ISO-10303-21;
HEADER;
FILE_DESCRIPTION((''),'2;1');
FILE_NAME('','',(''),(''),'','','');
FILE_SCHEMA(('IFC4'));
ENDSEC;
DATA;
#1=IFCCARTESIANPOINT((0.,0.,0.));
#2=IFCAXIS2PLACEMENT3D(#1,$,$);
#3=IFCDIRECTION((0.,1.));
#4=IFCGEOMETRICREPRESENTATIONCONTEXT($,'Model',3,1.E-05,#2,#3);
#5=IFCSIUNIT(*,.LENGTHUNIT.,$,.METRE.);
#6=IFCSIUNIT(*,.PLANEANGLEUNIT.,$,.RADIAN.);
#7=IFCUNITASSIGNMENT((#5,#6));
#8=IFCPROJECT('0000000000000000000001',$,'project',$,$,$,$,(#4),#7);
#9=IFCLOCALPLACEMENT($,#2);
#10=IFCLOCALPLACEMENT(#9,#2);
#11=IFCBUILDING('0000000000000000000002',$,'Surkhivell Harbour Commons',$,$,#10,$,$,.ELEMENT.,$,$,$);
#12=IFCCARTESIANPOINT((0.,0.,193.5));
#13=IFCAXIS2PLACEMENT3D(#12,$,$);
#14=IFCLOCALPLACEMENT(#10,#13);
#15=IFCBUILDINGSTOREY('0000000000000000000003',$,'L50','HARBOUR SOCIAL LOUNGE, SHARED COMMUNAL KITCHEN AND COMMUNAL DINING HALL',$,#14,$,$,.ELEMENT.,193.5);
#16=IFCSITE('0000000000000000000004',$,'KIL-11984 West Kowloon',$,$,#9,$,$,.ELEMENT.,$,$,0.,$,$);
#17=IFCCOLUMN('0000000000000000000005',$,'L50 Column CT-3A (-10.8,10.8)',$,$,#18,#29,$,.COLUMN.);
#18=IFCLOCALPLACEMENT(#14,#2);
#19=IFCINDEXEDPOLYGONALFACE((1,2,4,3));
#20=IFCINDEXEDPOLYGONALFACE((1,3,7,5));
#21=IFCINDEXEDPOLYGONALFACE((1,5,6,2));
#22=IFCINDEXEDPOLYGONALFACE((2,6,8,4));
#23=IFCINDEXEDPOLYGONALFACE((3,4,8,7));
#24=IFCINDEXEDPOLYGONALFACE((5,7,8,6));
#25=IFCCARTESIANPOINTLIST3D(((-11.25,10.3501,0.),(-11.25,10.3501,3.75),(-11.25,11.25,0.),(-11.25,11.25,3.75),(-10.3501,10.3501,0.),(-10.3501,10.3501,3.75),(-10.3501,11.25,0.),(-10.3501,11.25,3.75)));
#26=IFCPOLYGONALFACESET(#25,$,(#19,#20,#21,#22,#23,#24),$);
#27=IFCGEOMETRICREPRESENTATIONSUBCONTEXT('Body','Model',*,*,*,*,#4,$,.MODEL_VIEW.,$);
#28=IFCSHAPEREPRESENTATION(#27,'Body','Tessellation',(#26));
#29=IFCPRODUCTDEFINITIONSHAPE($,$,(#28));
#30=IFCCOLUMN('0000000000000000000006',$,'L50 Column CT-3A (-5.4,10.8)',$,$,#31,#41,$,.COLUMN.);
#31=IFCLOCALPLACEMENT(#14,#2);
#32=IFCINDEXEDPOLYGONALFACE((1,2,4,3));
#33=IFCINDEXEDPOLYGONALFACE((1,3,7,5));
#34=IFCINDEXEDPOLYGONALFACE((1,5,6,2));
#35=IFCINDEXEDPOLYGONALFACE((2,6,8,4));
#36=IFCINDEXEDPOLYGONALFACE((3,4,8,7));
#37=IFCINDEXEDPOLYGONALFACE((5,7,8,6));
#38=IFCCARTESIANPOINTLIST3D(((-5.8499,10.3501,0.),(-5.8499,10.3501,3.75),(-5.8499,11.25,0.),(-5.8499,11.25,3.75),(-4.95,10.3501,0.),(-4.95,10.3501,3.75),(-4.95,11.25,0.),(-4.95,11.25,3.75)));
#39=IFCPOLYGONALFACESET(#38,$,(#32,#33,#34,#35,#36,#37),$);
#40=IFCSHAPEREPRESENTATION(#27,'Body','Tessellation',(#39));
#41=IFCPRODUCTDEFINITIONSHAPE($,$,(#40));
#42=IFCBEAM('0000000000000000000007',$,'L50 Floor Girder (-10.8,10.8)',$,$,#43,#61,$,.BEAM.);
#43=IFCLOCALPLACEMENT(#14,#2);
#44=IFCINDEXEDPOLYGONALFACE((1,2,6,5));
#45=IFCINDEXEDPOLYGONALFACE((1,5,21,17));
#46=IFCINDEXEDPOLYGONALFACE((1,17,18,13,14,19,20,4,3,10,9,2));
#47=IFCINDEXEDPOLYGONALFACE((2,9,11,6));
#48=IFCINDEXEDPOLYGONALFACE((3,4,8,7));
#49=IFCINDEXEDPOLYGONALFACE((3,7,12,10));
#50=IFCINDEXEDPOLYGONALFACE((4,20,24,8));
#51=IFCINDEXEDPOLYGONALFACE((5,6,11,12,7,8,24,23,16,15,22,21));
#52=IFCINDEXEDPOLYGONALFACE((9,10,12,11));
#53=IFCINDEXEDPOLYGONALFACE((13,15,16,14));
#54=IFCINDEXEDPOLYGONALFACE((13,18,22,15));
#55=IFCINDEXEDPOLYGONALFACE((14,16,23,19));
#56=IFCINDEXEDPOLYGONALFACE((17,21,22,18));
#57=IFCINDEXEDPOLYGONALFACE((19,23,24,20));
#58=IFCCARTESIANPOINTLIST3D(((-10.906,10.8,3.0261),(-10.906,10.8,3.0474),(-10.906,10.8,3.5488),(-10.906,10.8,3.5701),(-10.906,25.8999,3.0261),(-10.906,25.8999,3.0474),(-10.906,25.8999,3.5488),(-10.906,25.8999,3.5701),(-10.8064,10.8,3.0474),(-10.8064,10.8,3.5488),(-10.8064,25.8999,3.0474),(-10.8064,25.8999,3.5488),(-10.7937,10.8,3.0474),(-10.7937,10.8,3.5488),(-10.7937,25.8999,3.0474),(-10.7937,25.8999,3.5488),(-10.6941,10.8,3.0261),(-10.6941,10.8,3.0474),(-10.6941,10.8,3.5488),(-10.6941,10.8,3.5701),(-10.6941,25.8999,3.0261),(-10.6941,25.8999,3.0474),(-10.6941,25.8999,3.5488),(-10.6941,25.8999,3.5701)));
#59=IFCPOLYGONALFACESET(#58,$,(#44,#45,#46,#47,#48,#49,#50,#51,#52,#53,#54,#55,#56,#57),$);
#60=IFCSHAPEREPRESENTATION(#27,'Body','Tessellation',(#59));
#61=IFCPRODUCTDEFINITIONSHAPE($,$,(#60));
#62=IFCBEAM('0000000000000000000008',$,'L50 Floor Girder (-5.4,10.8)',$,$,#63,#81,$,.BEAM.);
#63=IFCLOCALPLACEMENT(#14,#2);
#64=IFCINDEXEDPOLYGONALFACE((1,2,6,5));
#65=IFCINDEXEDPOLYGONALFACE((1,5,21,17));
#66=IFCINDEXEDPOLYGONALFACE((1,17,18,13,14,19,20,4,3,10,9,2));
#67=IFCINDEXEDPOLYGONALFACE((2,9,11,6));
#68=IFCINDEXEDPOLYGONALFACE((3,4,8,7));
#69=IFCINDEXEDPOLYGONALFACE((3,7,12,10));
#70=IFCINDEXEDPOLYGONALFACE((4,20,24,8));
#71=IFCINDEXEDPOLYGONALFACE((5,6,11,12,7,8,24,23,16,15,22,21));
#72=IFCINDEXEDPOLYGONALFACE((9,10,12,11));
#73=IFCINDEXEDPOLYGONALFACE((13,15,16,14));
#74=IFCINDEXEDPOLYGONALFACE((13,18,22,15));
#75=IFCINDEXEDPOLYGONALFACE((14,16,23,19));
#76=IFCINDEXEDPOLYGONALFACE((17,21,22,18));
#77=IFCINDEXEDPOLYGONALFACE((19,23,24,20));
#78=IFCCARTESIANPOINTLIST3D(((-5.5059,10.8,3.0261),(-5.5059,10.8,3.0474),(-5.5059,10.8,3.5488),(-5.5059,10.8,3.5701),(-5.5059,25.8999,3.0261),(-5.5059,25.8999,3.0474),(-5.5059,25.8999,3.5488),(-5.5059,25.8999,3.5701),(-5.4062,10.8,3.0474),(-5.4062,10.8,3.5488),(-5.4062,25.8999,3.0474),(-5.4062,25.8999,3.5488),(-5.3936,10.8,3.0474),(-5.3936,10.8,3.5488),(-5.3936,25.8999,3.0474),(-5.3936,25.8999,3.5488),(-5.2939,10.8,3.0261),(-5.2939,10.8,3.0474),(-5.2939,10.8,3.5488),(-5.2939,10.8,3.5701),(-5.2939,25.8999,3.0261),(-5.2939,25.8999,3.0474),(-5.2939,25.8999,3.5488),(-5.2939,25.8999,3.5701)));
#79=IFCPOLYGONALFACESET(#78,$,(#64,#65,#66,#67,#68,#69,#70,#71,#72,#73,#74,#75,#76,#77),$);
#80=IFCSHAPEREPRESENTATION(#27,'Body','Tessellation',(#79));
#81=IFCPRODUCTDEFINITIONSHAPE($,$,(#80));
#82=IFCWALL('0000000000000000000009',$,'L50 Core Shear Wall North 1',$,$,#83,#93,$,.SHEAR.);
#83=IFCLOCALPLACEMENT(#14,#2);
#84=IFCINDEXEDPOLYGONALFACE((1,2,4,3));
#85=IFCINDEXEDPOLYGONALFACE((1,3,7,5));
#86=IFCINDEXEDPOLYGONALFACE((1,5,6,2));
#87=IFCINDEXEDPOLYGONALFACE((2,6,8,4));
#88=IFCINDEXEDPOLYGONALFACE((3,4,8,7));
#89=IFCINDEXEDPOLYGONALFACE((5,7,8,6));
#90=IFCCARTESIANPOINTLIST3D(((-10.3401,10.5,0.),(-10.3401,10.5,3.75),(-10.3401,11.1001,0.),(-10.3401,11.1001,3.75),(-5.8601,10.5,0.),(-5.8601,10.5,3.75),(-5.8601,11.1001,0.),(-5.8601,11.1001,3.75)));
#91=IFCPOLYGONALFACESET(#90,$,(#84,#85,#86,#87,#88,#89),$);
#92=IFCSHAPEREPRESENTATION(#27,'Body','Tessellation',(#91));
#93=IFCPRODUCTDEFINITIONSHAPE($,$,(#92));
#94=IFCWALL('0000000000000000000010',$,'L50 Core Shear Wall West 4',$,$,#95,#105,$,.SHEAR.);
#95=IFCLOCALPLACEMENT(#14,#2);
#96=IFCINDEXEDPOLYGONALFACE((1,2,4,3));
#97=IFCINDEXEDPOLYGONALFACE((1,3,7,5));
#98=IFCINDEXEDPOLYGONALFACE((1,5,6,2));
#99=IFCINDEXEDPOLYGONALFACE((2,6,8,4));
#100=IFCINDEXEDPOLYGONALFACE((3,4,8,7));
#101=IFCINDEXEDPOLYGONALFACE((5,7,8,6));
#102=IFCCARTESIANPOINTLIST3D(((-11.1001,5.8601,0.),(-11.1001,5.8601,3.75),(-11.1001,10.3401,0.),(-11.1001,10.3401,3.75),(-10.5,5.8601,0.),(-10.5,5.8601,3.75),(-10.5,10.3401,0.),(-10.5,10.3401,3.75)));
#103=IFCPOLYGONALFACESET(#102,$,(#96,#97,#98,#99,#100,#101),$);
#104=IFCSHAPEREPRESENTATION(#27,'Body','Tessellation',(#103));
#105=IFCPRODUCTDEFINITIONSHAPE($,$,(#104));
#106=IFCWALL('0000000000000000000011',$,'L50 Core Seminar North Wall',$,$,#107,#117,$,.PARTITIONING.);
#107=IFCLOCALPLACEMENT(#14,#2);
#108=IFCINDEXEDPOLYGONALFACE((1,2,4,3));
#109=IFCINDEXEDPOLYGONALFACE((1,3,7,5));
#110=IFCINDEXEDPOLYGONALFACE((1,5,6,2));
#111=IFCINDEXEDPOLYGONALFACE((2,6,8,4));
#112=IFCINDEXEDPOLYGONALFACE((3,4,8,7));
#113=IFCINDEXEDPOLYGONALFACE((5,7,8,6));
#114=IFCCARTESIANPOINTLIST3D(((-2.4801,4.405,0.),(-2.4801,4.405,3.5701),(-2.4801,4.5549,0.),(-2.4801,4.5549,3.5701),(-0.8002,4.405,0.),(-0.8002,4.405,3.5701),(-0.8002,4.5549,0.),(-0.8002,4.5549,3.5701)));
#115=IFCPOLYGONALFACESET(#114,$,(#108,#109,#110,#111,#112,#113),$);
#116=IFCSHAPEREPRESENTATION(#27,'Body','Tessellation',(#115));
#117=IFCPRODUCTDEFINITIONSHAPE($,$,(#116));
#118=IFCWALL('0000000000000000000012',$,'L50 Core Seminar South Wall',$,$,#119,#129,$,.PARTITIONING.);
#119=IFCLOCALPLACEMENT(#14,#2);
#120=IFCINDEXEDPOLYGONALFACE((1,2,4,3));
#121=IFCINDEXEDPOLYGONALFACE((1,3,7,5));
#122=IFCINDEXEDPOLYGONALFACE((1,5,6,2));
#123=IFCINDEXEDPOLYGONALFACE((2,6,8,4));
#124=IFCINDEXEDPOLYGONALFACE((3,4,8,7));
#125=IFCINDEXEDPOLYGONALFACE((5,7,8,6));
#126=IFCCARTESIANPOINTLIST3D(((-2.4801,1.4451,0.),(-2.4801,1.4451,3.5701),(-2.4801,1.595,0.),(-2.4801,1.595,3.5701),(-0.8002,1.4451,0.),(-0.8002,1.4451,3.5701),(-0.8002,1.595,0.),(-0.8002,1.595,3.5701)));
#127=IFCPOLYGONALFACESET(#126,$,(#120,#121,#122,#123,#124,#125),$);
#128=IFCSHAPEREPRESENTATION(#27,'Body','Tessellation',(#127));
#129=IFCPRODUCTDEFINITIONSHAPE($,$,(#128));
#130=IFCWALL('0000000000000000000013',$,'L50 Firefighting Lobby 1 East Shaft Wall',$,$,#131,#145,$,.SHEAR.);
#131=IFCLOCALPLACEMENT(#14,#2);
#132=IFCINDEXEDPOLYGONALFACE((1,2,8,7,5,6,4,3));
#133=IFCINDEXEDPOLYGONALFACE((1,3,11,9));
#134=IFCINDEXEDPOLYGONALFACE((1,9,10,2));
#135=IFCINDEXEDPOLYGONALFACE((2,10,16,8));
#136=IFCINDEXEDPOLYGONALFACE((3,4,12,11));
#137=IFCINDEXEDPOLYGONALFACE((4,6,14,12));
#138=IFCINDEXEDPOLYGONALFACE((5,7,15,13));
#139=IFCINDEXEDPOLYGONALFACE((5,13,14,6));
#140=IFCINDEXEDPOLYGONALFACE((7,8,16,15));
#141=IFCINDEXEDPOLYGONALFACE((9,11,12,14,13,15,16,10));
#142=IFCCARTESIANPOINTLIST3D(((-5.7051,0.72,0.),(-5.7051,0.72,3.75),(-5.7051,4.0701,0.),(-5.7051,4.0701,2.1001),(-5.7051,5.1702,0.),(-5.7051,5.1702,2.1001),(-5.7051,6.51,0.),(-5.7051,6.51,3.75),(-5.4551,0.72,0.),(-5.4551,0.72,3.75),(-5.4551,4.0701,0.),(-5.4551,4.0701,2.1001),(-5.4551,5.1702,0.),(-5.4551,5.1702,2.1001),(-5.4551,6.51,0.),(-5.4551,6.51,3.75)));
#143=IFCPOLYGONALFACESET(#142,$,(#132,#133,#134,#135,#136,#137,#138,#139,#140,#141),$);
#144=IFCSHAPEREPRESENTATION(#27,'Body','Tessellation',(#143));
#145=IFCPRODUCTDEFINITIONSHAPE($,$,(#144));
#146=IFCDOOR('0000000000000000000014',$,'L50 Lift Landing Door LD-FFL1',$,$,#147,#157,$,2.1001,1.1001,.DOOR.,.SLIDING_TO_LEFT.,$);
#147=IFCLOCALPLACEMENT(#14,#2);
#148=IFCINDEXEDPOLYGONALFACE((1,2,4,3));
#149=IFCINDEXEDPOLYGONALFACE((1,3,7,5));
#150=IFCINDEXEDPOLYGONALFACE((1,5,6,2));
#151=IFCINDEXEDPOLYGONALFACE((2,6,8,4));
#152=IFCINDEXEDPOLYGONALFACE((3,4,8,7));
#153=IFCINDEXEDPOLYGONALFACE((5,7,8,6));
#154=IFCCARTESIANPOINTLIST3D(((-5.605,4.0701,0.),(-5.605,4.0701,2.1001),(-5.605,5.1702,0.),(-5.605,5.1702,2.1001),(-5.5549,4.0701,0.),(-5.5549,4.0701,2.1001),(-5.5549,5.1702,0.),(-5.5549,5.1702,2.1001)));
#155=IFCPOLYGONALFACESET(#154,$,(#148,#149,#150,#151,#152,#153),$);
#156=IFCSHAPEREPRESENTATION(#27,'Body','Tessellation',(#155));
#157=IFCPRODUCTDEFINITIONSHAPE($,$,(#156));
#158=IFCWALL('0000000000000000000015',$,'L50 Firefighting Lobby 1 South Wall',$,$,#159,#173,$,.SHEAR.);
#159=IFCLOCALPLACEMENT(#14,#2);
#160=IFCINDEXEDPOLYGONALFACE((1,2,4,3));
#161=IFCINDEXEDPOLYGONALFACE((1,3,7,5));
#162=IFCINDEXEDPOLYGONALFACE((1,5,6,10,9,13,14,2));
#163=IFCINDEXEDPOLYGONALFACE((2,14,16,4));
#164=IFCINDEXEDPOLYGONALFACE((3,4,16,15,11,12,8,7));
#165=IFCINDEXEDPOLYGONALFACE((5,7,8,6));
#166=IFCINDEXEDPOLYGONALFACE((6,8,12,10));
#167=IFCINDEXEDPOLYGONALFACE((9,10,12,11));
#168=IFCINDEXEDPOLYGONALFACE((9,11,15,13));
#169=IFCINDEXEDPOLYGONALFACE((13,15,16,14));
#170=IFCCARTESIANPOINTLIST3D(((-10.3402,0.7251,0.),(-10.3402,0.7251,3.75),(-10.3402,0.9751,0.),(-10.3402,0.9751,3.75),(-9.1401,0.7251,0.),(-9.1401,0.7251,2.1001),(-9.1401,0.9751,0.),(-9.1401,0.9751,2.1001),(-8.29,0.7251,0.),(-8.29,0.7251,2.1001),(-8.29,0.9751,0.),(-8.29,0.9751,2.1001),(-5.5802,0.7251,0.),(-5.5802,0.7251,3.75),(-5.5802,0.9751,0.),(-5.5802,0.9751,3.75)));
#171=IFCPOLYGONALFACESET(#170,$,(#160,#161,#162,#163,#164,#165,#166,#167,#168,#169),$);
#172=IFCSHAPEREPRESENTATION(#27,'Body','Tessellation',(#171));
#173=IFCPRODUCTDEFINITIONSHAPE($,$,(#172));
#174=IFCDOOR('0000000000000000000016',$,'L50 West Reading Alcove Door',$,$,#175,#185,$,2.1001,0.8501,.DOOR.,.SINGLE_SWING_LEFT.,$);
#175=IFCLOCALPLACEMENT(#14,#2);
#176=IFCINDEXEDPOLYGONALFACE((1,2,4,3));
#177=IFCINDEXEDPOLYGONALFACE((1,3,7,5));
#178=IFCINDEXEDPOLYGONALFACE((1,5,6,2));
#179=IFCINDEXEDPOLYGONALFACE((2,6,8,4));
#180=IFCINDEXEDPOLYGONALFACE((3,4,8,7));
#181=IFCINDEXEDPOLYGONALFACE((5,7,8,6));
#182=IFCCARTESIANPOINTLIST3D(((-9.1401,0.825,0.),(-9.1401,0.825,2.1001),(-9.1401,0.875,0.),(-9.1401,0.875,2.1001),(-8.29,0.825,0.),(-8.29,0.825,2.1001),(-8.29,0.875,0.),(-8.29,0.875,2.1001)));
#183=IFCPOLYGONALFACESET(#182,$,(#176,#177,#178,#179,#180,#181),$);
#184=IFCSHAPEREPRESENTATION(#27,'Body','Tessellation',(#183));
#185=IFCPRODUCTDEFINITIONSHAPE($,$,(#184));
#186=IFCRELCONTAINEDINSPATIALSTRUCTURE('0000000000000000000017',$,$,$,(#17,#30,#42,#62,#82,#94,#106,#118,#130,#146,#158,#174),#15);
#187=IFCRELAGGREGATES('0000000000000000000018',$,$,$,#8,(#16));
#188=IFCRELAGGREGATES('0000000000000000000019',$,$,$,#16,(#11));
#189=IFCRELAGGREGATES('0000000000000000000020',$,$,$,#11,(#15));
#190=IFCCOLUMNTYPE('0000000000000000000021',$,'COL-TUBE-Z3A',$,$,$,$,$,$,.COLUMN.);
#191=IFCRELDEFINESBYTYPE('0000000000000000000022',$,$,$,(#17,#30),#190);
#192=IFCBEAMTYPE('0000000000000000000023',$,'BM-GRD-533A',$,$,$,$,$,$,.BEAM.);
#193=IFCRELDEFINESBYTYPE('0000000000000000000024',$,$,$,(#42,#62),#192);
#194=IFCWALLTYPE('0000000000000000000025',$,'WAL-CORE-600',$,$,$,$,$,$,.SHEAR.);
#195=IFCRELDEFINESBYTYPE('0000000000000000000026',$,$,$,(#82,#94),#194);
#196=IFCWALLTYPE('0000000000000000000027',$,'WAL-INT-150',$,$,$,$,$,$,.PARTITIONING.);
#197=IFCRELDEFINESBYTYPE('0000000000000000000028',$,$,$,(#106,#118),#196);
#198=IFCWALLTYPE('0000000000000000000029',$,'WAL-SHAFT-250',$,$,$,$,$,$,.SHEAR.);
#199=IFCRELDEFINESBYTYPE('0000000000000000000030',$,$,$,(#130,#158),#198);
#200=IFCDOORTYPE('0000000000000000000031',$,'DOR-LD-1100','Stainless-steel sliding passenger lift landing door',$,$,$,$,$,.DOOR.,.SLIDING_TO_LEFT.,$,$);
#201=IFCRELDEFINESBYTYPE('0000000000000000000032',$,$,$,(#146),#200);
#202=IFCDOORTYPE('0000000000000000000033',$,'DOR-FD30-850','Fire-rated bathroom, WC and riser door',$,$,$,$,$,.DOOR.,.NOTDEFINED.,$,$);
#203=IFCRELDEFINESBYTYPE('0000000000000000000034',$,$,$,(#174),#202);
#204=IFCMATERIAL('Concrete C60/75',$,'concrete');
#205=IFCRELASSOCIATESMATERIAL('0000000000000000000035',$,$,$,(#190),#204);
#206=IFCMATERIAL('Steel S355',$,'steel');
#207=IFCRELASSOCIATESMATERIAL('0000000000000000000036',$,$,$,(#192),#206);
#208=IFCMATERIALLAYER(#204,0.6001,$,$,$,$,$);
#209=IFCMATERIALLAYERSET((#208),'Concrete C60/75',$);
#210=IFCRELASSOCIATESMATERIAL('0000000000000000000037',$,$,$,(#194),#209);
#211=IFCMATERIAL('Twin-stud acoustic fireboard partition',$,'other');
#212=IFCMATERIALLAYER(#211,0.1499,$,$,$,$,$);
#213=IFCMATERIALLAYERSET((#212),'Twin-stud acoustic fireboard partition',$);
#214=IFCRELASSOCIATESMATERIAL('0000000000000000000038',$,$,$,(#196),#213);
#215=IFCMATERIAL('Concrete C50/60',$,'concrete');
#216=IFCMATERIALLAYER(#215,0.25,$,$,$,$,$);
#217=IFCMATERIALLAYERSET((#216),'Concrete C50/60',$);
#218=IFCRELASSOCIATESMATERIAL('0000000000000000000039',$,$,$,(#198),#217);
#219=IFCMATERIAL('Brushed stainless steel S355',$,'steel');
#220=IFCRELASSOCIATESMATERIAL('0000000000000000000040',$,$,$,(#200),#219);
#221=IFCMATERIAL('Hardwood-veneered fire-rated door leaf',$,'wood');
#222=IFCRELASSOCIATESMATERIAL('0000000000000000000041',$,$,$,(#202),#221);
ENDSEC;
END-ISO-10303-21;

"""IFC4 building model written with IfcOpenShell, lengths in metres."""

from ifc_helpers import new_model, si_unit, direction, frame, frame_2d, origin, origin_2d, place, context, subcontext, project, spatial, rectangle, i_section, extrude, material, layer, layer_set, material_profile, profile_set, type_object, element, fill, save


model = new_model("IFC4")

# Units and contexts
model_context = context("Model", 3, precision=1e-05, world=origin(), true_north=direction((0.0, 1.0)))
body_context = subcontext(model_context, "Body", "Model", "MODEL_VIEW")
ifc_project = project(units=[si_unit("LENGTHUNIT", "METRE"), si_unit("PLANEANGLEUNIT", "RADIAN")], contexts=[model_context])

# Site, building, storey
site_placement = place(None, origin())
site = spatial("IfcSite", under=ifc_project, at=site_placement, Name="KIL-11984 West Kowloon", CompositionType="ELEMENT", RefElevation=0.0)
building_placement = place(site_placement, origin())
building = spatial("IfcBuilding", under=site, at=building_placement, Name="Surkhivell Harbour Commons", CompositionType="ELEMENT")
storey_placement = place(building_placement, frame((0.0, 0.0, 193.5)))
storey = spatial("IfcBuildingStorey", under=building, at=storey_placement, Name="L50", Description="HARBOUR SOCIAL LOUNGE, SHARED COMMUNAL KITCHEN AND COMMUNAL DINING HALL", CompositionType="ELEMENT", Elevation=193.5)

# Columns
ifc_material_1 = material(Name="Concrete C60/75", Category="concrete")
ifc_material_profile_1 = material_profile(ifc_material_1, rectangle(XDim=0.8999, YDim=0.8999, at=origin_2d()), Name="RC-COL-900x900")
ifc_profile_set_1 = profile_set([ifc_material_profile_1], Name="Concrete C60/75")
column_type = type_object("IfcColumnType", Name="COL-TUBE-Z3A", PredefinedType="COLUMN", material=ifc_profile_set_1)
for number, where, z_axis, x_axis, name in (
    (1, (-10.8, 10.8, 0.0), (0.0, 0.0, 1.0), (1.0, 0.0, 0.0), "L50 Column CT-3A (-10.8,10.8)"),
    (2, (-5.3999, 10.8, 0.0), (0.0, 0.0, 1.0), (1.0, 0.0, 0.0), "L50 Column CT-3A (-5.4,10.8)"),
):
    element("IfcColumn", number, at=place(storey_placement, frame(where, z_axis=z_axis, x_axis=x_axis)), inside=storey, type_object=column_type, Name=name, PredefinedType="COLUMN", context=body_context, shape_type="SweptSolid", body=[
        extrude(rectangle(XDim=0.8999, YDim=0.8999, at=origin_2d()), origin(), (0.0, 0.0, 1.0), 3.75),
    ])

# Beams
ifc_material_2 = material(Name="Steel S355", Category="steel")
ifc_material_profile_2 = material_profile(ifc_material_2, i_section(OverallWidth=0.2119, OverallDepth=0.5439, WebThickness=0.0127, FlangeThickness=0.0212, at=origin_2d()), Name="UB533x210x122")
ifc_profile_set_2 = profile_set([ifc_material_profile_2], Name="Steel S355")
beam_type = type_object("IfcBeamType", Name="BM-GRD-533A", PredefinedType="BEAM", material=ifc_profile_set_2)
for number, where, z_axis, x_axis, name in (
    (3, (-10.8, 10.8, 3.2981), (0.0, 1.0, 0.0), (-1.0, 0.0, 0.0), "L50 Floor Girder (-10.8,10.8)"),
    (4, (-5.3999, 10.8, 3.2981), (0.0, 1.0, 0.0), (-1.0, 0.0, 0.0), "L50 Floor Girder (-5.4,10.8)"),
):
    element("IfcBeam", number, at=place(storey_placement, frame(where, z_axis=z_axis, x_axis=x_axis)), inside=storey, type_object=beam_type, Name=name, PredefinedType="BEAM", context=body_context, shape_type="SweptSolid", body=[
        extrude(i_section(OverallWidth=0.2119, OverallDepth=0.5439, WebThickness=0.0127, FlangeThickness=0.0212, at=origin_2d()), origin(), (0.0, 0.0, 1.0), 15.0999),
    ])

# Walls
ifc_layer_1 = layer(ifc_material_1, 0.6001)
ifc_layer_set_1 = layer_set([ifc_layer_1], Name="Concrete C60/75")
wall_type_1 = type_object("IfcWallType", Name="WAL-CORE-600", PredefinedType="SHEAR", material=ifc_layer_set_1)
for number, where, z_axis, x_axis, name in (
    (5, (-10.3401, 10.8, 0.0), (0.0, 0.0, 1.0), (1.0, 0.0, 0.0), "L50 Core Shear Wall North 1"),
    (6, (-10.8, 5.8601, 0.0), (0.0, 0.0, 1.0), (0.0, 1.0, 0.0), "L50 Core Shear Wall West 4"),
):
    element("IfcWall", number, at=place(storey_placement, frame(where, z_axis=z_axis, x_axis=x_axis)), inside=storey, type_object=wall_type_1, Name=name, PredefinedType="SHEAR", context=body_context, shape_type="SweptSolid", body=[
        extrude(rectangle(XDim=4.48, YDim=0.6001, at=frame_2d((2.24, 0.0))), origin(), (0.0, 0.0, 1.0), 3.75),
    ])
ifc_material_3 = material(Name="Twin-stud acoustic fireboard partition", Category="other")
ifc_layer_2 = layer(ifc_material_3, 0.1499)
ifc_layer_set_2 = layer_set([ifc_layer_2], Name="Twin-stud acoustic fireboard partition")
wall_type_2 = type_object("IfcWallType", Name="WAL-INT-150", PredefinedType="PARTITIONING", material=ifc_layer_set_2)
for number, where, z_axis, x_axis, name in (
    (7, (-2.48, 4.48, 0.0), (0.0, 0.0, 1.0), (1.0, 0.0, 0.0), "L50 Core Seminar North Wall"),
    (8, (-2.48, 1.52, 0.0), (0.0, 0.0, 1.0), (1.0, 0.0, 0.0), "L50 Core Seminar South Wall"),
):
    element("IfcWall", number, at=place(storey_placement, frame(where, z_axis=z_axis, x_axis=x_axis)), inside=storey, type_object=wall_type_2, Name=name, PredefinedType="PARTITIONING", context=body_context, shape_type="SweptSolid", body=[
        extrude(rectangle(XDim=1.6799, YDim=0.1499, at=frame_2d((0.8398, 0.0))), origin(), (0.0, 0.0, 1.0), 3.5701),
    ])

# Walls, openings, doors
ifc_material_4 = material(Name="Concrete C50/60", Category="concrete")
ifc_layer_3 = layer(ifc_material_4, 0.25)
ifc_layer_set_3 = layer_set([ifc_layer_3], Name="Concrete C50/60")
wall_type_3 = type_object("IfcWallType", Name="WAL-SHAFT-250", PredefinedType="SHEAR", material=ifc_layer_set_3)
wall_1_placement = place(storey_placement, frame((-5.5801, 0.72, 0.0), z_axis=(0.0, 0.0, 1.0), x_axis=(0.0, 1.0, 0.0)))
wall_1 = element("IfcWall", 9, at=wall_1_placement, inside=storey, type_object=wall_type_3, Name="L50 Firefighting Lobby 1 East Shaft Wall", PredefinedType="SHEAR", context=body_context, shape_type="SweptSolid", body=[
    extrude(rectangle(XDim=5.79, YDim=0.25, at=frame_2d((2.895, 0.0))), origin(), (0.0, 0.0, 1.0), 3.75),
])
opening_1_placement = place(wall_1_placement, frame((3.3501, 0.0, 0.0)))
opening_1 = element("IfcOpeningElement", 10, at=opening_1_placement, cuts=wall_1, PredefinedType="OPENING", context=body_context, shape_type="SweptSolid", body=[
    extrude(rectangle(XDim=1.1001, YDim=2.1001, at=frame_2d((0.55, 1.05))), frame((0.0, 0.135, 0.0), z_axis=(0.0, -1.0, 0.0), x_axis=(1.0, 0.0, 0.0)), (0.0, 0.0, 1.0), 0.27),
])
ifc_material_5 = material(Name="Brushed stainless steel S355", Category="steel")
door_type_1 = type_object("IfcDoorType", Name="DOR-LD-1100", Description="Stainless-steel sliding passenger lift landing door", OperationType="SLIDING_TO_LEFT", PredefinedType="DOOR", material=ifc_material_5)
door_1_placement = place(opening_1_placement, origin())
door_1 = element("IfcDoor", 11, at=door_1_placement, inside=storey, type_object=door_type_1, Name="L50 Lift Landing Door LD-FFL1", OperationType="SLIDING_TO_LEFT", OverallHeight=2.1001, OverallWidth=1.1001, PredefinedType="DOOR", context=body_context, shape_type="SweptSolid", body=[
    extrude(rectangle(XDim=1.1001, YDim=2.1001, at=frame_2d((0.55, 1.05))), frame((0.0, 0.0249, 0.0), z_axis=(0.0, -1.0, 0.0), x_axis=(1.0, 0.0, 0.0)), (0.0, 0.0, 1.0), 0.05),
])
fill(opening_1, door_1)
wall_2_placement = place(storey_placement, frame((-10.3401, 0.8501, 0.0), z_axis=(0.0, 0.0, 1.0), x_axis=(1.0, 0.0, 0.0)))
wall_2 = element("IfcWall", 12, at=wall_2_placement, inside=storey, type_object=wall_type_3, Name="L50 Firefighting Lobby 1 South Wall", PredefinedType="SHEAR", context=body_context, shape_type="SweptSolid", body=[
    extrude(rectangle(XDim=4.76, YDim=0.25, at=frame_2d((2.3799, 0.0))), origin(), (0.0, 0.0, 1.0), 3.75),
])
opening_2_placement = place(wall_2_placement, frame((1.2, 0.0, 0.0)))
opening_2 = element("IfcOpeningElement", 13, at=opening_2_placement, cuts=wall_2, PredefinedType="OPENING", context=body_context, shape_type="SweptSolid", body=[
    extrude(rectangle(XDim=0.8501, YDim=2.1001, at=frame_2d((0.425, 1.05))), frame((0.0, 0.135, 0.0), z_axis=(0.0, -1.0, 0.0), x_axis=(1.0, 0.0, 0.0)), (0.0, 0.0, 1.0), 0.27),
])
ifc_material_6 = material(Name="Hardwood-veneered fire-rated door leaf", Category="wood")
door_type_2 = type_object("IfcDoorType", Name="DOR-FD30-850", Description="Fire-rated bathroom, WC and riser door", OperationType="NOTDEFINED", PredefinedType="DOOR", material=ifc_material_6)
door_2_placement = place(opening_2_placement, origin())
door_2 = element("IfcDoor", 14, at=door_2_placement, inside=storey, type_object=door_type_2, Name="L50 West Reading Alcove Door", OperationType="SINGLE_SWING_LEFT", OverallHeight=2.1001, OverallWidth=0.8501, PredefinedType="DOOR", context=body_context, shape_type="SweptSolid", body=[
    extrude(rectangle(XDim=0.8501, YDim=2.1001, at=frame_2d((0.425, 1.05))), frame((0.0, 0.0249, 0.0), z_axis=(0.0, -1.0, 0.0), x_axis=(1.0, 0.0, 0.0)), (0.0, 0.0, 1.0), 0.05),
])
fill(opening_2, door_2)

save(model, "model.ifc")
